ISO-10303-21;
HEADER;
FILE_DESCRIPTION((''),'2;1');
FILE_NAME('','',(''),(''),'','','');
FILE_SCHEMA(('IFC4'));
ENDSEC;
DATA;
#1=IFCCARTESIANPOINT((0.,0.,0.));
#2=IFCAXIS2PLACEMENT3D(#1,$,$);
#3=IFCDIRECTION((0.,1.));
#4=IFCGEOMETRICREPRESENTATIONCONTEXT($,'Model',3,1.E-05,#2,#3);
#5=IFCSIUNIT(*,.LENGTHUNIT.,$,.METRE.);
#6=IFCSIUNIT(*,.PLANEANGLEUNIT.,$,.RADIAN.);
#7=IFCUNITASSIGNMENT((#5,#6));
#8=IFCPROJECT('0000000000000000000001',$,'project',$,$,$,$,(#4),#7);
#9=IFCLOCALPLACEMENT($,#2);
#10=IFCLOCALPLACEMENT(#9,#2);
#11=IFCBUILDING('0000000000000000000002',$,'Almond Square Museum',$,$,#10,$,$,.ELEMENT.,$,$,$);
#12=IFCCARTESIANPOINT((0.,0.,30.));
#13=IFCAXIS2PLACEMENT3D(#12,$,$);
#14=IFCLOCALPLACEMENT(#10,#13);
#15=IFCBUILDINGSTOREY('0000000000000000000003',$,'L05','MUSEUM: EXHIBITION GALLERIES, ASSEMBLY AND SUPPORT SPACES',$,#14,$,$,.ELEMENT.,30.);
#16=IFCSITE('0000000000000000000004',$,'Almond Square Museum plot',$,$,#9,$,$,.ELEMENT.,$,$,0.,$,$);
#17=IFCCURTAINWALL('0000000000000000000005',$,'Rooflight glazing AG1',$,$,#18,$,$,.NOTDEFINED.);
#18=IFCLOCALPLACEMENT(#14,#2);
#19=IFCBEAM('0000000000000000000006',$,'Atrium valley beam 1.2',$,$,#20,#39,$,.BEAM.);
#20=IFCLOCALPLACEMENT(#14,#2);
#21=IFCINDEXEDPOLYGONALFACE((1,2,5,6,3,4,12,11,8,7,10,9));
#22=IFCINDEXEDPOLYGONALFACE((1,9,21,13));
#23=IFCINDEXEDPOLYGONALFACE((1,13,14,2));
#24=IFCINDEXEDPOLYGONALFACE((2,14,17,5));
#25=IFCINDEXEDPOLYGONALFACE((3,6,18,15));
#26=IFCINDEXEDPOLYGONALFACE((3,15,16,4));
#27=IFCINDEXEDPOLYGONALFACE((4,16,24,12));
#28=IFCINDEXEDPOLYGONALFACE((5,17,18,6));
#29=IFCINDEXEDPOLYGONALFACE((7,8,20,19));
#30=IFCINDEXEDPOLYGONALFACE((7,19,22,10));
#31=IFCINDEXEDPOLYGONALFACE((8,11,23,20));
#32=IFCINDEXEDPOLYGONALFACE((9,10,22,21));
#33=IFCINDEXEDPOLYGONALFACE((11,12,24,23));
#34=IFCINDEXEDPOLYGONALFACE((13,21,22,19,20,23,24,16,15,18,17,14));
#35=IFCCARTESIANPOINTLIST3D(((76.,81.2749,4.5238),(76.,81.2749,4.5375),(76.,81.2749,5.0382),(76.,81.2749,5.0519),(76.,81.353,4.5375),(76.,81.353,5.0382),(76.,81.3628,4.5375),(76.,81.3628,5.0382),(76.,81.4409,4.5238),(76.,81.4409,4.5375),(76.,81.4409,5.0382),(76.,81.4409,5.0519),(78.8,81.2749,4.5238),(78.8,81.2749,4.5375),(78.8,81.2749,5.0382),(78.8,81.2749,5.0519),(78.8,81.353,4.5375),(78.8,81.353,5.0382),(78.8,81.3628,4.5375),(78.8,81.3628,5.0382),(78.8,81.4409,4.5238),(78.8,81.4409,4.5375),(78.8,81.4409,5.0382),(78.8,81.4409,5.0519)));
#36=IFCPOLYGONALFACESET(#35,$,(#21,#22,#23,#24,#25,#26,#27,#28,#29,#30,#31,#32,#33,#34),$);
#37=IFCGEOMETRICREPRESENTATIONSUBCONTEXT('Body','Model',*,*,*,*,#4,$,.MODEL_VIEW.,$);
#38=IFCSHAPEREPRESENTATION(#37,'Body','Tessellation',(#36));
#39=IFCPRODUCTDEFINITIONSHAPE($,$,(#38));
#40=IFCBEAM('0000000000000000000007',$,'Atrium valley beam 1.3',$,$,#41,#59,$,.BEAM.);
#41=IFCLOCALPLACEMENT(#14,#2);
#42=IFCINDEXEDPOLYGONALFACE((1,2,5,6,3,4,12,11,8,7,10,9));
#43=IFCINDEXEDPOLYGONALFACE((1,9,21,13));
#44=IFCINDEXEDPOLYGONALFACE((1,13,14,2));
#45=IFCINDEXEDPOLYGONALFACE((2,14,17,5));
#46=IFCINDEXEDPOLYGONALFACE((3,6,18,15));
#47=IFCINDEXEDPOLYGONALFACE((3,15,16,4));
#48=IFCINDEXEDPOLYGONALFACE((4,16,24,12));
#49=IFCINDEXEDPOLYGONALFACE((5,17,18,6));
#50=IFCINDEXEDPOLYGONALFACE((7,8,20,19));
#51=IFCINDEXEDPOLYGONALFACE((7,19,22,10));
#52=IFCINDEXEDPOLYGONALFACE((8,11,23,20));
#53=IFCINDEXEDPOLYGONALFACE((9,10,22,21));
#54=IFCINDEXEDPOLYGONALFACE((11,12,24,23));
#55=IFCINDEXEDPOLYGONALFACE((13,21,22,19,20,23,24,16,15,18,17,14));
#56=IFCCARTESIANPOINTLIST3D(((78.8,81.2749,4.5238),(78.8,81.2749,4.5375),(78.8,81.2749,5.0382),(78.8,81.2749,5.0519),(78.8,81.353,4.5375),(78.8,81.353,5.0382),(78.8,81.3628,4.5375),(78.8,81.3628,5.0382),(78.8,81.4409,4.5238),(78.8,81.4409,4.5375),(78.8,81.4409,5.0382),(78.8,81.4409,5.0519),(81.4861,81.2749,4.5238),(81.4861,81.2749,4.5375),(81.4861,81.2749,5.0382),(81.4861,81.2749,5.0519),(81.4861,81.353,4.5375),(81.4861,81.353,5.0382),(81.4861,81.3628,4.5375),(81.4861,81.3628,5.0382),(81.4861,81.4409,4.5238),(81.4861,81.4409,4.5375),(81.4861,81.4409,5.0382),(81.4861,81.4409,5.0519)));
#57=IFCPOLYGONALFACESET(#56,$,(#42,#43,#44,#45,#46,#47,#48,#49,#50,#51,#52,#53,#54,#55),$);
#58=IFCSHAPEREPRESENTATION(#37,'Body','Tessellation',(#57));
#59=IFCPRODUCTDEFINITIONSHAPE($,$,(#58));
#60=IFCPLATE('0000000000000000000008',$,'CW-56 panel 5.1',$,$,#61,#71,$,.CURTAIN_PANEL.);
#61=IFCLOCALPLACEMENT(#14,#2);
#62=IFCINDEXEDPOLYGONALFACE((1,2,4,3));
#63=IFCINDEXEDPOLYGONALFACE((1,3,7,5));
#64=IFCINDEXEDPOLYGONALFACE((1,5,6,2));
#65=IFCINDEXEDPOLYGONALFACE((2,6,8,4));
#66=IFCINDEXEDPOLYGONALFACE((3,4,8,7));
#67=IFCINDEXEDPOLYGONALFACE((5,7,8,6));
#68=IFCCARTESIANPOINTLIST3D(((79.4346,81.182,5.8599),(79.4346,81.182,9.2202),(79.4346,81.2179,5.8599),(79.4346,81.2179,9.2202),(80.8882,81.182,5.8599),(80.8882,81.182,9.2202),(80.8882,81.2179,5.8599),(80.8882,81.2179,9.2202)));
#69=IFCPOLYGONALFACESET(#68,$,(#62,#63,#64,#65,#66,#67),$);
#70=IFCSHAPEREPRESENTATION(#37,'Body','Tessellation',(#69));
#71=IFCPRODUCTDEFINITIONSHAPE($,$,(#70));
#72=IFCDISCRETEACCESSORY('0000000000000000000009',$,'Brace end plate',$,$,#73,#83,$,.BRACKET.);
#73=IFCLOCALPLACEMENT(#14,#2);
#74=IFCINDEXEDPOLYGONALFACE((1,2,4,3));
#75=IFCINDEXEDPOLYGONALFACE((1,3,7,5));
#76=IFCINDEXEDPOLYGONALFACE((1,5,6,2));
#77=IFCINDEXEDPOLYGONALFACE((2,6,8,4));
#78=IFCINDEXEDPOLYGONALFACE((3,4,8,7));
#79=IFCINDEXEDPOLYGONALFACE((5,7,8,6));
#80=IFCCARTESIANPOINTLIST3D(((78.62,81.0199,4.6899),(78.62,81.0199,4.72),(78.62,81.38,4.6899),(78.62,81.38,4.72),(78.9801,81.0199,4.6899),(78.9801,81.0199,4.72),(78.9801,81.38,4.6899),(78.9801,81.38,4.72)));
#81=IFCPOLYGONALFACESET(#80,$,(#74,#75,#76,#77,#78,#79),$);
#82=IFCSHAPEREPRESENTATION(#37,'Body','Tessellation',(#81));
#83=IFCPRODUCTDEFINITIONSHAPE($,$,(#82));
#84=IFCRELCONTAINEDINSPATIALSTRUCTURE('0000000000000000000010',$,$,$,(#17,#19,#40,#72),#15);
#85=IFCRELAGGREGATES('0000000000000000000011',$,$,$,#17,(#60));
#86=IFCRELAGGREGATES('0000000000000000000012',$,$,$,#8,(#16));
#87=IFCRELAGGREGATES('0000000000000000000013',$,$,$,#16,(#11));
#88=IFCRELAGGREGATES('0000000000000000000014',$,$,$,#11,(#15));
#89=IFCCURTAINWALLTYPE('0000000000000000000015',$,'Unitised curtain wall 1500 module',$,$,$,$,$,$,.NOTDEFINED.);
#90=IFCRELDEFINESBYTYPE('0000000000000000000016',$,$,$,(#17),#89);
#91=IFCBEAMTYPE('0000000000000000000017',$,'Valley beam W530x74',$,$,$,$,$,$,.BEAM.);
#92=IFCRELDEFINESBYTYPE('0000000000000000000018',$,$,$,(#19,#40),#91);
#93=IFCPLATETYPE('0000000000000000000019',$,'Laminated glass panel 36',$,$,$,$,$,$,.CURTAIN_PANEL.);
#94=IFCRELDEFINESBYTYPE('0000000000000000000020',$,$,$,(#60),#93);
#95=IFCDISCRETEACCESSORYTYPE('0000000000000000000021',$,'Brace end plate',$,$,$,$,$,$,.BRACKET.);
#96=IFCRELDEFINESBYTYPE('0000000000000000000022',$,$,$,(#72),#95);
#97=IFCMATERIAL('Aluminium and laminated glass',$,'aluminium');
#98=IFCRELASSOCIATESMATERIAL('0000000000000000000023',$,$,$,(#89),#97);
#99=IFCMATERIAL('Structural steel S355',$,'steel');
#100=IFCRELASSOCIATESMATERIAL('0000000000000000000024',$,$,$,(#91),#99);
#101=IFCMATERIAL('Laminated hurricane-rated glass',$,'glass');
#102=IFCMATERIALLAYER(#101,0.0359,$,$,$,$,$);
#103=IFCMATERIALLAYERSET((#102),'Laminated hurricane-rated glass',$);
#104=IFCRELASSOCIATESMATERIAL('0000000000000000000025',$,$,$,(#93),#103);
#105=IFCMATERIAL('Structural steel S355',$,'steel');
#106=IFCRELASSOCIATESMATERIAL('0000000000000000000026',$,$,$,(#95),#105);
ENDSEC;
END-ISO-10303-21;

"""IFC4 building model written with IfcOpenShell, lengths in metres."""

from ifc_helpers import new_model, si_unit, direction, frame, origin, origin_2d, place, context, subcontext, project, spatial, rectangle, i_section, extrude, material, layer, layer_set, material_profile, profile_set, type_object, element, aggregate, save


model = new_model("IFC4")

# Units and contexts
model_context = context("Model", 3, precision=1e-05, world=origin(), true_north=direction((0.0, 1.0)))
body_context = subcontext(model_context, "Body", "Model", "MODEL_VIEW")
ifc_project = project(units=[si_unit("LENGTHUNIT", "METRE"), si_unit("PLANEANGLEUNIT", "RADIAN")], contexts=[model_context])

# Site, building, storey
site_placement = place(None, origin())
site = spatial("IfcSite", under=ifc_project, at=site_placement, Name="Almond Square Museum plot", CompositionType="ELEMENT", RefElevation=0.0)
building_placement = place(site_placement, origin())
building = spatial("IfcBuilding", under=site, at=building_placement, Name="Almond Square Museum", CompositionType="ELEMENT")
storey_placement = place(building_placement, frame((0.0, 0.0, 30.0)))
storey = spatial("IfcBuildingStorey", under=building, at=storey_placement, Name="L05", Description="MUSEUM: EXHIBITION GALLERIES, ASSEMBLY AND SUPPORT SPACES", CompositionType="ELEMENT", Elevation=30.0)

# Curtain wall
ifc_material_1 = material(Name="Aluminium and laminated glass", Category="aluminium")
curtain_wall_type = type_object("IfcCurtainWallType", Name="Unitised curtain wall 1500 module", PredefinedType="NOTDEFINED", material=ifc_material_1)
curtain_wall_placement = place(storey_placement, origin())
curtain_wall = element("IfcCurtainWall", 1, at=curtain_wall_placement, inside=storey, type_object=curtain_wall_type, Name="Rooflight glazing AG1", PredefinedType="NOTDEFINED")

# Beams
ifc_material_2 = material(Name="Structural steel S355", Category="steel")
ifc_material_profile_1 = material_profile(ifc_material_2, i_section(OverallWidth=0.166, OverallDepth=0.5281, WebThickness=0.0098, FlangeThickness=0.0137, at=origin_2d()))
ifc_profile_set_1 = profile_set([ifc_material_profile_1], Name="Structural steel S355")
beam_type_1 = type_object("IfcBeamType", Name="Valley beam W530x74", PredefinedType="BEAM", material=ifc_profile_set_1)
beam_1_placement = place(storey_placement, frame((76.0, 81.3579, 4.7878), z_axis=(1.0, 0.0, 0.0), x_axis=(0.0, 1.0, 0.0)))
element("IfcBeam", 2, at=beam_1_placement, inside=storey, type_object=beam_type_1, Name="Atrium valley beam 1.2", PredefinedType="BEAM", context=body_context, shape_type="SweptSolid", body=[
    extrude(i_section(OverallWidth=0.166, OverallDepth=0.5281, WebThickness=0.0098, FlangeThickness=0.0137, at=origin_2d()), origin(), (0.0, 0.0, 1.0), 2.8),
])
beam_2_placement = place(storey_placement, frame((78.8, 81.3579, 4.7878), z_axis=(1.0, 0.0, 0.0), x_axis=(0.0, 1.0, 0.0)))
element("IfcBeam", 3, at=beam_2_placement, inside=storey, type_object=beam_type_1, Name="Atrium valley beam 1.3", PredefinedType="BEAM", context=body_context, shape_type="SweptSolid", body=[
    extrude(i_section(OverallWidth=0.166, OverallDepth=0.5281, WebThickness=0.0098, FlangeThickness=0.0137, at=origin_2d()), origin(), (0.0, 0.0, 1.0), 2.686),
])

# Plate
ifc_material_3 = material(Name="Laminated hurricane-rated glass", Category="glass")
ifc_layer = layer(ifc_material_3, 0.0359)
ifc_layer_set = layer_set([ifc_layer], Name="Laminated hurricane-rated glass")
plate_type = type_object("IfcPlateType", Name="Laminated glass panel 36", PredefinedType="CURTAIN_PANEL", material=ifc_layer_set)
plate_placement = place(storey_placement, frame((80.1614, 81.2, 5.8599), z_axis=(0.0, 0.0, 1.0), x_axis=(1.0, 0.0, 0.0)))
plate = element("IfcPlate", 4, at=plate_placement, type_object=plate_type, Name="CW-56 panel 5.1", PredefinedType="CURTAIN_PANEL", context=body_context, shape_type="SweptSolid", body=[
    extrude(rectangle(XDim=1.4536, YDim=0.0359, at=origin_2d()), origin(), (0.0, 0.0, 1.0), 3.3604),
])
aggregate(curtain_wall, [plate])

# Discrete accessory
ifc_material_4 = material(Name="Structural steel S355", Category="steel")
discrete_accessory_type = type_object("IfcDiscreteAccessoryType", Name="Brace end plate", PredefinedType="BRACKET", material=ifc_material_4)
discrete_accessory_placement = place(storey_placement, frame((78.8, 81.2, 4.6899), z_axis=(0.0, 0.0, 1.0), x_axis=(1.0, 0.0, 0.0)))
element("IfcDiscreteAccessory", 5, at=discrete_accessory_placement, inside=storey, type_object=discrete_accessory_type, Name="Brace end plate", PredefinedType="BRACKET", context=body_context, shape_type="SweptSolid", body=[
    extrude(rectangle(XDim=0.3601, YDim=0.3601, at=origin_2d()), origin(), (0.0, 0.0, 1.0), 0.03),
])

save(model, "model.ifc")
